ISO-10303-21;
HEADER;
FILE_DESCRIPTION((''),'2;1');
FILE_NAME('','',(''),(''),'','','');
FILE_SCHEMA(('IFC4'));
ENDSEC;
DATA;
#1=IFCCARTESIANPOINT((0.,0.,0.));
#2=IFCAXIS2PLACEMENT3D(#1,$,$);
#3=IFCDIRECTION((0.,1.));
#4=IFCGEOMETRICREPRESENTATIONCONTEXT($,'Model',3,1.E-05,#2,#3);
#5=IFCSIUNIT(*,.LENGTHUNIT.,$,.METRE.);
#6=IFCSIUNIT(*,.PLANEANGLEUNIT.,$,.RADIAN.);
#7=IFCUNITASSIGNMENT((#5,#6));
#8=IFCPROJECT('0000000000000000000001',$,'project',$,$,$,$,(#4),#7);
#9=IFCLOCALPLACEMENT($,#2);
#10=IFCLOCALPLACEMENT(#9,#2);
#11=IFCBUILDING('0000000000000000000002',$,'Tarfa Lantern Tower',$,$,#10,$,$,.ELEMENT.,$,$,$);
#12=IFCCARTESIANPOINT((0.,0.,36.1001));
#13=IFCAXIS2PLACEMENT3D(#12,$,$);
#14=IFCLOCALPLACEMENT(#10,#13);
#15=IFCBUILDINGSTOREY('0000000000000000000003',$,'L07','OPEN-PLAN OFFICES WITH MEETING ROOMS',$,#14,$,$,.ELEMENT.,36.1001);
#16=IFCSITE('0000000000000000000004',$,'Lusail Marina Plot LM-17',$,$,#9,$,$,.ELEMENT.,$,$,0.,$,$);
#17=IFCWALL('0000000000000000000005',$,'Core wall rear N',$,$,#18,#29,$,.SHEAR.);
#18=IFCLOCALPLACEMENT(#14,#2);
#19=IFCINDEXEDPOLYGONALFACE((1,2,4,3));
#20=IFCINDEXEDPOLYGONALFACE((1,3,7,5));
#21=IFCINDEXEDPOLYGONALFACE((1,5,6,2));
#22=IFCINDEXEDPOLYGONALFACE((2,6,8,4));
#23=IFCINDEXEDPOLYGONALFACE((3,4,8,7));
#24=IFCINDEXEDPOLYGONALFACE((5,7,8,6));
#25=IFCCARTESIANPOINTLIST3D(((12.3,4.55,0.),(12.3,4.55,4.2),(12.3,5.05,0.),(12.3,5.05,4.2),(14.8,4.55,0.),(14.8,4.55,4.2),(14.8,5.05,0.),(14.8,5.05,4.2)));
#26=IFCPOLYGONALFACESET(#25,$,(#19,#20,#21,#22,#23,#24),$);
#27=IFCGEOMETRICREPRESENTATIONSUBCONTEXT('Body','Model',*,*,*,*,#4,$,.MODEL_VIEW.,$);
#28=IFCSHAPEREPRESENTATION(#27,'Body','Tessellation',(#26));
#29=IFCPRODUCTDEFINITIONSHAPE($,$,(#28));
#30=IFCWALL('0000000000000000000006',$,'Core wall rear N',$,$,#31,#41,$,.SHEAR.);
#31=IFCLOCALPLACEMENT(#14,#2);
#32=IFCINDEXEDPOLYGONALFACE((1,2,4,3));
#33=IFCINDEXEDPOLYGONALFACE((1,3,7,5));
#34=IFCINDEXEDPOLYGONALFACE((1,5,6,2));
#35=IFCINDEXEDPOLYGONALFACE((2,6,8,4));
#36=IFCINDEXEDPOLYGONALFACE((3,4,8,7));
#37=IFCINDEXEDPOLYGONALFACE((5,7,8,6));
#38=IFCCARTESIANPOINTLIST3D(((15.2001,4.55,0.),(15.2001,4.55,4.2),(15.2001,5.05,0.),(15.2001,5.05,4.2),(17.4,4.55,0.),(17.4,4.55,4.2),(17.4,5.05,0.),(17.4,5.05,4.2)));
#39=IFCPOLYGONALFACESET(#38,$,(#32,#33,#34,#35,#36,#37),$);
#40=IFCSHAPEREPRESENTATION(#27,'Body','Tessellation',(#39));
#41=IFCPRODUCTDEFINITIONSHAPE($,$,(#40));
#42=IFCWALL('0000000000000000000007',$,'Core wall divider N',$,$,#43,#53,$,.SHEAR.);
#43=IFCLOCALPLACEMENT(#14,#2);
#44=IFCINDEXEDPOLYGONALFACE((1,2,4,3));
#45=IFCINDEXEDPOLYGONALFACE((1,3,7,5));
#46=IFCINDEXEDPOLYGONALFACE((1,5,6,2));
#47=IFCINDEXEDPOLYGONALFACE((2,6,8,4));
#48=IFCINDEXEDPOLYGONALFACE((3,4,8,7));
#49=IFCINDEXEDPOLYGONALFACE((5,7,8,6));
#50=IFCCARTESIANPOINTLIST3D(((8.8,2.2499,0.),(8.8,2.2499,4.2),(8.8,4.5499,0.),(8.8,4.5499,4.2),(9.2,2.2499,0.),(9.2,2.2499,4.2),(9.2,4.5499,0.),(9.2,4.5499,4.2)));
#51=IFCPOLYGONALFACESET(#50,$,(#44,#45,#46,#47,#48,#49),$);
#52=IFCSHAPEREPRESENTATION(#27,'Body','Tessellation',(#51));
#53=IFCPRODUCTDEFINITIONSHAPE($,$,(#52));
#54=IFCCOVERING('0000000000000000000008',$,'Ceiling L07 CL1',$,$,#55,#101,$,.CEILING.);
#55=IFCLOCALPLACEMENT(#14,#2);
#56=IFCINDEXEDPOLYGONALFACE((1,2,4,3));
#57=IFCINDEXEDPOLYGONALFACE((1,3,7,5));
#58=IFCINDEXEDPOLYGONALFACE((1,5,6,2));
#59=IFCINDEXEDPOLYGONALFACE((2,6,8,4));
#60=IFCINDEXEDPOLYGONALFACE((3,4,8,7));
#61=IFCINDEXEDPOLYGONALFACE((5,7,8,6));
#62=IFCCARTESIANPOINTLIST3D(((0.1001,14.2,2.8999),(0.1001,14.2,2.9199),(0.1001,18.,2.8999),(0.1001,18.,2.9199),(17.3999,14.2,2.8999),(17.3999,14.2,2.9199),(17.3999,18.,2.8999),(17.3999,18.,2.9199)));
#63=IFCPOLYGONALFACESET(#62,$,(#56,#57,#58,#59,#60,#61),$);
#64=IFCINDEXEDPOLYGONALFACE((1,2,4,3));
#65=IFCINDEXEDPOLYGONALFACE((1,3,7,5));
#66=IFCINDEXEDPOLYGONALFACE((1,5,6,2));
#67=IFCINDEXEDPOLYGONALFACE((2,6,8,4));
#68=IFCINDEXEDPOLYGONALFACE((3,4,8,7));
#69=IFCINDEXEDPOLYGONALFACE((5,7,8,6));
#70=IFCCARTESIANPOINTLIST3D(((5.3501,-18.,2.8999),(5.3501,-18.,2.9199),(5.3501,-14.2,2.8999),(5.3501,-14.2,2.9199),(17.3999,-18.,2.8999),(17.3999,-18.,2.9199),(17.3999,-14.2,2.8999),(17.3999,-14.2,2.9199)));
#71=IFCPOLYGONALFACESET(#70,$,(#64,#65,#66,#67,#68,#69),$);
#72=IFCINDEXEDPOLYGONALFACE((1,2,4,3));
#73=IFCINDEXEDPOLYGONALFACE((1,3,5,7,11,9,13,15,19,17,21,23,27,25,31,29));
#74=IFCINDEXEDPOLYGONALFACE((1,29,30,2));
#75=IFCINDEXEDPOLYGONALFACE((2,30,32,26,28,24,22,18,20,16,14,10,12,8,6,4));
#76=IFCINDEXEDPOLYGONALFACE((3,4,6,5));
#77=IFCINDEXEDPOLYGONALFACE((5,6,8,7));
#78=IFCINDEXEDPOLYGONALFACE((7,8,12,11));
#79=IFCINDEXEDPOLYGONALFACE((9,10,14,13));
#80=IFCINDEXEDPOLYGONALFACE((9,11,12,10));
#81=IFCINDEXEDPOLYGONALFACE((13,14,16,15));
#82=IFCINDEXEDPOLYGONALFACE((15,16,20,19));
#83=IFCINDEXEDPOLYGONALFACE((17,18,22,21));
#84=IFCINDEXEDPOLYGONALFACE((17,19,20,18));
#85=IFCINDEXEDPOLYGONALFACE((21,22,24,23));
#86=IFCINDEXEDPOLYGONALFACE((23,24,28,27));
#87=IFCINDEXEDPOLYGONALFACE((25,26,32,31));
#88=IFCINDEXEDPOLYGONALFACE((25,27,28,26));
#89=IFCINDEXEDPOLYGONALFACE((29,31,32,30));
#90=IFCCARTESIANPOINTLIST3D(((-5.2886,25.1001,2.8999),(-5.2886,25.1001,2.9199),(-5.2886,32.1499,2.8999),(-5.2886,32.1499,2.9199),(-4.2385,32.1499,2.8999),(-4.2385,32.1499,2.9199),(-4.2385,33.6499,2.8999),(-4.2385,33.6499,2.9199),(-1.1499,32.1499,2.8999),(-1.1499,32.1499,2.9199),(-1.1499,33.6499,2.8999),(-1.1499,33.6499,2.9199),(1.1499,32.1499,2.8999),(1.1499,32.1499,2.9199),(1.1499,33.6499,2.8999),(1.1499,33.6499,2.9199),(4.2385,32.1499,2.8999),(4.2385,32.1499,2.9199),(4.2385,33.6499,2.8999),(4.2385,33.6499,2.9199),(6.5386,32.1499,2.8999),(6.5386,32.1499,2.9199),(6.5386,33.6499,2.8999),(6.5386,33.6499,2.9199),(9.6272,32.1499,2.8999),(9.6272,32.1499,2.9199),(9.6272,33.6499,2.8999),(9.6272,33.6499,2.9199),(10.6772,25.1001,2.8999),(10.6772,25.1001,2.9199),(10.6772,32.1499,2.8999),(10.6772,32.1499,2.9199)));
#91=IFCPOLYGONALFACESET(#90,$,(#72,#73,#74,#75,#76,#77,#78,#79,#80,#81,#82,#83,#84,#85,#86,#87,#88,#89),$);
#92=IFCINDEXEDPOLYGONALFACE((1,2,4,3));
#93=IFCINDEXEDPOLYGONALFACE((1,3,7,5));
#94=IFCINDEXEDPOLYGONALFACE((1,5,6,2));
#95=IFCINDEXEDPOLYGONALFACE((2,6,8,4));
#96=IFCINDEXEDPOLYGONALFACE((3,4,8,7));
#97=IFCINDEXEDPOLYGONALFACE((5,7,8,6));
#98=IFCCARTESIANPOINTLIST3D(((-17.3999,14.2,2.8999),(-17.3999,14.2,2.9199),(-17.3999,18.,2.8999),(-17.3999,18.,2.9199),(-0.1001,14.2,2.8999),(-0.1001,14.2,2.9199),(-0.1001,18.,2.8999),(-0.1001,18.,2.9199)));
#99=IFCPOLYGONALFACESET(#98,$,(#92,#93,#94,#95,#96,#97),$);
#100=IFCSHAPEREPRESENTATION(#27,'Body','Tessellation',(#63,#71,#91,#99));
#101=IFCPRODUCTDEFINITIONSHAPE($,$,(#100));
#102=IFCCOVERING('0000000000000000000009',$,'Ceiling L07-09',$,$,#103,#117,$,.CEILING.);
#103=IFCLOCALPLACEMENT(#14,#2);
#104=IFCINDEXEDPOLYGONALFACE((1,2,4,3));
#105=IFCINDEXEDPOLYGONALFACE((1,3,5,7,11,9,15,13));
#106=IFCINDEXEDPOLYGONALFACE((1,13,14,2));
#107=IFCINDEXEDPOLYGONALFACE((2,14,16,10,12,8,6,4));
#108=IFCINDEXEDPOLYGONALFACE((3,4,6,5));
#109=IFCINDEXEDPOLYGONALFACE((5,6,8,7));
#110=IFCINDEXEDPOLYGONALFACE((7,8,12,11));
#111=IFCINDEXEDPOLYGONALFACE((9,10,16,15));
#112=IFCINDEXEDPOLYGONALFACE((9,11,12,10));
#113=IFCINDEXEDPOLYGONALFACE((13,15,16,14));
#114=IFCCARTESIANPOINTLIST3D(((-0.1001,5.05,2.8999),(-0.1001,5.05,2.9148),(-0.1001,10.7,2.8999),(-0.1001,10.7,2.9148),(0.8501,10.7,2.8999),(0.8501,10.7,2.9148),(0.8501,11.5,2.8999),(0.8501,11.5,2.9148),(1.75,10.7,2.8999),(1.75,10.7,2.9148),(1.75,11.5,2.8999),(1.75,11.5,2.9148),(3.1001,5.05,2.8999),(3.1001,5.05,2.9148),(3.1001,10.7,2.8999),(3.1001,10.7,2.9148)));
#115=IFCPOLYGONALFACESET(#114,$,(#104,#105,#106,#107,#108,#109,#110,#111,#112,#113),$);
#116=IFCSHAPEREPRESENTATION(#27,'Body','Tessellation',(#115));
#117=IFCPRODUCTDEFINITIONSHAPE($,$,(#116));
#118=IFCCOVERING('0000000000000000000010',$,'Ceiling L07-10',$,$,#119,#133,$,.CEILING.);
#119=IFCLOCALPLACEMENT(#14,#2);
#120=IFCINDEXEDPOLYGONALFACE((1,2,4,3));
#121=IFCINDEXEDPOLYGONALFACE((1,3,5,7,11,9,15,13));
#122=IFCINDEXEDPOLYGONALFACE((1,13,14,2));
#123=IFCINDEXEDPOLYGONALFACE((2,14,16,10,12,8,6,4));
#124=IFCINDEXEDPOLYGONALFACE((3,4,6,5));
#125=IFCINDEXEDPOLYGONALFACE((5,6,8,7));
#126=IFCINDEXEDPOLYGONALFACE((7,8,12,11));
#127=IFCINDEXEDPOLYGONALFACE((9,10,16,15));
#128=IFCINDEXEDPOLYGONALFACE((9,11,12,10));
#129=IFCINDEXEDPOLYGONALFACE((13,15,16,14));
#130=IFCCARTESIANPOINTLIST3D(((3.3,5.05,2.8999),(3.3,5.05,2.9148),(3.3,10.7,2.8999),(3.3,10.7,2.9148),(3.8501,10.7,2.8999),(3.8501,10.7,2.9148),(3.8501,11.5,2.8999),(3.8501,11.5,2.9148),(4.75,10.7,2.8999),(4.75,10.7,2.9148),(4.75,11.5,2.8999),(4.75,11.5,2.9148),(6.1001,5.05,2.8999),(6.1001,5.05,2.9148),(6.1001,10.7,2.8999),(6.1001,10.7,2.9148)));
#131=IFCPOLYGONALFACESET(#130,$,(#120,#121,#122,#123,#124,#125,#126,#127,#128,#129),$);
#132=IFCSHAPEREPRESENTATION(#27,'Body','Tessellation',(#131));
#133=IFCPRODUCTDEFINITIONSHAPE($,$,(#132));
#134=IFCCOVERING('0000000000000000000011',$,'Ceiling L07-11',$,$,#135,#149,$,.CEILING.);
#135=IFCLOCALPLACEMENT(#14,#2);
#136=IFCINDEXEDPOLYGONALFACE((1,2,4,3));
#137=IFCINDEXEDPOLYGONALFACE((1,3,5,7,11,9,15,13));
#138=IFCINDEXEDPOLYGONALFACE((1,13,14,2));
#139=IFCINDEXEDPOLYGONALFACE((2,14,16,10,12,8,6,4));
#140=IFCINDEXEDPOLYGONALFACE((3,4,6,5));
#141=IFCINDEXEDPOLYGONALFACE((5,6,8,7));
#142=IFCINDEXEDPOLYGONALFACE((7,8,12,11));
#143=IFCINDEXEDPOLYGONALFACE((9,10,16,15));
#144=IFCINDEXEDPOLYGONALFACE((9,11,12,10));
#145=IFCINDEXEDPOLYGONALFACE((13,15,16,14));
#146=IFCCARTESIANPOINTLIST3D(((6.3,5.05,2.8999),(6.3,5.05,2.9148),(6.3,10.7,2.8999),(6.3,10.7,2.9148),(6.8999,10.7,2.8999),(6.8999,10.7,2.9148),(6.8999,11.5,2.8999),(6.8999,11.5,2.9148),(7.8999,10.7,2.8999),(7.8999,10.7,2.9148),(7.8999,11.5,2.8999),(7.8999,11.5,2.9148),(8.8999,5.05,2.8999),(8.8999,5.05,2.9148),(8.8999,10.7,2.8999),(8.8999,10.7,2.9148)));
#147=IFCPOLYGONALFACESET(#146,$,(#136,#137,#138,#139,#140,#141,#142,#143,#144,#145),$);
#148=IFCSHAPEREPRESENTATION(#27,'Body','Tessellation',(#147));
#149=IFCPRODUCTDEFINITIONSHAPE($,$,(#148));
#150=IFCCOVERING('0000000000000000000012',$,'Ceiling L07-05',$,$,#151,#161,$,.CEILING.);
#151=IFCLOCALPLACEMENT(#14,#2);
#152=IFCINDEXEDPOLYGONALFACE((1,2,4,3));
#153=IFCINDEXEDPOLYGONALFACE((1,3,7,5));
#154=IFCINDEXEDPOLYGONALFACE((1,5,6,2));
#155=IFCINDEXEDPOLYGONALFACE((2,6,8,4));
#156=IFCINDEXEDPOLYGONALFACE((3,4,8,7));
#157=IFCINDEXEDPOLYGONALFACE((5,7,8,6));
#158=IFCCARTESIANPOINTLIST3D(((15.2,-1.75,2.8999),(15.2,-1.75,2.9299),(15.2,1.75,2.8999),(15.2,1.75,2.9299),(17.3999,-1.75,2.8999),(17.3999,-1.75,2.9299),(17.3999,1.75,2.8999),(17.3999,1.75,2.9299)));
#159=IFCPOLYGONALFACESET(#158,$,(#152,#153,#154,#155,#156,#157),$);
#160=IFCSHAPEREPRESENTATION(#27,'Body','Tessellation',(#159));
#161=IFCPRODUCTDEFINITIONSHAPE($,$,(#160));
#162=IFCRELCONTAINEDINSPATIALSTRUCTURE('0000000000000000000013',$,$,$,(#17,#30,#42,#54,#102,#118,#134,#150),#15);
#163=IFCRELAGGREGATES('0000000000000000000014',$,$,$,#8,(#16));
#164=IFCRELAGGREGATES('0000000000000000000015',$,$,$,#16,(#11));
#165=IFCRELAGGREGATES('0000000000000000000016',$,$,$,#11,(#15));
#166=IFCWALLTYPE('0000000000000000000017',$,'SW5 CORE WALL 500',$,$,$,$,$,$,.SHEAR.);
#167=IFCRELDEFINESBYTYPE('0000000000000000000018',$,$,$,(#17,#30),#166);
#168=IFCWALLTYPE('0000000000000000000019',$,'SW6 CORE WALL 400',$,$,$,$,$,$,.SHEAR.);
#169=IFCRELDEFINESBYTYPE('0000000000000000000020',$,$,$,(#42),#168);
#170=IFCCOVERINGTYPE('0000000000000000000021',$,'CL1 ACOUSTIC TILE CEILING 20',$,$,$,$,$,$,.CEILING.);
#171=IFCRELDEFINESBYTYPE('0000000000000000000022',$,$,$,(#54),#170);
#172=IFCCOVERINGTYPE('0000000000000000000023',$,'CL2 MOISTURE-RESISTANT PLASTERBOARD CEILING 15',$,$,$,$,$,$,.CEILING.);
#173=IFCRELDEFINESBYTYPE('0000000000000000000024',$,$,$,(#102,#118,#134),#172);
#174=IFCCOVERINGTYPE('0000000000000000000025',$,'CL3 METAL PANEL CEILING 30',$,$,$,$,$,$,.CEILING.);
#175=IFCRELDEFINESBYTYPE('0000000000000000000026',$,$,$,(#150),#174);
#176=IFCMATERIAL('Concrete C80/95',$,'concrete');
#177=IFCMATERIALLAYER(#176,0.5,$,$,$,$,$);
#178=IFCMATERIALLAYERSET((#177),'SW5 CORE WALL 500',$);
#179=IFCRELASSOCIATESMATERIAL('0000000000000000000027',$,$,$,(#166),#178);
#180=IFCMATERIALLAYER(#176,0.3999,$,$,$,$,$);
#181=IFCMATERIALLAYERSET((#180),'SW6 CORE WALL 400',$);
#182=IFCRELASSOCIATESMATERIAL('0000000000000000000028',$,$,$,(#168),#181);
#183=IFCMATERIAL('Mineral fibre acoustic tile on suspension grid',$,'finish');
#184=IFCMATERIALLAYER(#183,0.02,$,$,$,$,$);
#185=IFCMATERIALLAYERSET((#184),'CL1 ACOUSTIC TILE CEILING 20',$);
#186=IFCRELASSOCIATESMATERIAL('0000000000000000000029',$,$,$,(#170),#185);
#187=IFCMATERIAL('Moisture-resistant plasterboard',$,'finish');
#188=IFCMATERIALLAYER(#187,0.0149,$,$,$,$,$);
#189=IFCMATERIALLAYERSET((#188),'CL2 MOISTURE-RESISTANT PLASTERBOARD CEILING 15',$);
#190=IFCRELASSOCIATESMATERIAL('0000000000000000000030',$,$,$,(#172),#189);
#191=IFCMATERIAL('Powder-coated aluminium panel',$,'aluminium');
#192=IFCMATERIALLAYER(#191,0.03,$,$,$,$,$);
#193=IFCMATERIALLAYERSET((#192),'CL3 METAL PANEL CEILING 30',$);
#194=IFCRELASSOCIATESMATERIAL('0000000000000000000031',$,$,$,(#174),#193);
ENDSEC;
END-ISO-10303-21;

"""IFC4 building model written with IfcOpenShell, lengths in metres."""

from ifc_helpers import new_model, si_unit, direction, frame, frame_2d, origin, place, context, subcontext, project, spatial, polyline, rectangle, outline, extrude, material, layer, layer_set, type_object, element, save


model = new_model("IFC4")

# Units and contexts
model_context = context("Model", 3, precision=1e-05, world=origin(), true_north=direction((0.0, 1.0)))
body_context = subcontext(model_context, "Body", "Model", "MODEL_VIEW")
ifc_project = project(units=[si_unit("LENGTHUNIT", "METRE"), si_unit("PLANEANGLEUNIT", "RADIAN")], contexts=[model_context])

# Site, building, storey
site_placement = place(None, origin())
site = spatial("IfcSite", under=ifc_project, at=site_placement, Name="Lusail Marina Plot LM-17", CompositionType="ELEMENT", RefElevation=0.0)
building_placement = place(site_placement, origin())
building = spatial("IfcBuilding", under=site, at=building_placement, Name="Tarfa Lantern Tower", CompositionType="ELEMENT")
storey_placement = place(building_placement, frame((0.0, 0.0, 36.1001)))
storey = spatial("IfcBuildingStorey", under=building, at=storey_placement, Name="L07", Description="OPEN-PLAN OFFICES WITH MEETING ROOMS", CompositionType="ELEMENT", Elevation=36.1001)

# Walls
ifc_material_1 = material(Name="Concrete C80/95", Category="concrete")
ifc_layer_1 = layer(ifc_material_1, 0.5)
ifc_layer_set_1 = layer_set([ifc_layer_1], Name="SW5 CORE WALL 500")
wall_type_1 = type_object("IfcWallType", Name="SW5 CORE WALL 500", PredefinedType="SHEAR", material=ifc_layer_set_1)
wall_1_placement = place(storey_placement, frame((12.3, 4.8, 0.0), z_axis=(0.0, 0.0, 1.0), x_axis=(1.0, 0.0, 0.0)))
element("IfcWall", 1, at=wall_1_placement, inside=storey, type_object=wall_type_1, Name="Core wall rear N", PredefinedType="SHEAR", context=body_context, shape_type="SweptSolid", body=[
    extrude(rectangle(XDim=2.5, YDim=0.5, at=frame_2d((1.25, 0.0))), origin(), (0.0, 0.0, 1.0), 4.2),
])
wall_2_placement = place(storey_placement, frame((15.2, 4.8, 0.0), z_axis=(0.0, 0.0, 1.0), x_axis=(1.0, 0.0, 0.0)))
element("IfcWall", 2, at=wall_2_placement, inside=storey, type_object=wall_type_1, Name="Core wall rear N", PredefinedType="SHEAR", context=body_context, shape_type="SweptSolid", body=[
    extrude(rectangle(XDim=2.2, YDim=0.5, at=frame_2d((1.1001, 0.0))), origin(), (0.0, 0.0, 1.0), 4.2),
])
ifc_layer_2 = layer(ifc_material_1, 0.3999)
ifc_layer_set_2 = layer_set([ifc_layer_2], Name="SW6 CORE WALL 400")
wall_type_2 = type_object("IfcWallType", Name="SW6 CORE WALL 400", PredefinedType="SHEAR", material=ifc_layer_set_2)
wall_3_placement = place(storey_placement, frame((9.0, 2.25, 0.0), z_axis=(0.0, 0.0, 1.0), x_axis=(0.0, 1.0, 0.0)))
element("IfcWall", 3, at=wall_3_placement, inside=storey, type_object=wall_type_2, Name="Core wall divider N", PredefinedType="SHEAR", context=body_context, shape_type="SweptSolid", body=[
    extrude(rectangle(XDim=2.3, YDim=0.3999, at=frame_2d((1.1499, 0.0))), origin(), (0.0, 0.0, 1.0), 4.2),
])

# Coverings
ifc_material_2 = material(Name="Mineral fibre acoustic tile on suspension grid", Category="finish")
ifc_layer_3 = layer(ifc_material_2, 0.02)
ifc_layer_set_3 = layer_set([ifc_layer_3], Name="CL1 ACOUSTIC TILE CEILING 20")
covering_type_1 = type_object("IfcCoveringType", Name="CL1 ACOUSTIC TILE CEILING 20", PredefinedType="CEILING", material=ifc_layer_set_3)
covering_1_placement = place(storey_placement, frame((0.0, 0.0, 2.8999)))
element("IfcCovering", 4, at=covering_1_placement, inside=storey, type_object=covering_type_1, Name="Ceiling L07 CL1", PredefinedType="CEILING", context=body_context, shape_type="SweptSolid", body=[
    extrude(outline(polyline([(0.1001, 18.0), (17.3999, 18.0), (17.3999, 14.2), (0.1001, 14.2), (0.1001, 18.0)])), origin(), (0.0, 0.0, 1.0), 0.02),
    extrude(outline(polyline([(5.3501, -14.2), (17.3999, -14.2), (17.3999, -18.0), (5.3501, -18.0), (5.3501, -14.2)])), origin(), (0.0, 0.0, 1.0), 0.02),
    extrude(outline(polyline([(10.6772, 25.1001), (-5.2886, 25.1001), (-5.2886, 32.1499), (-4.2385, 32.1499), (-4.2385, 33.6499), (-1.1499, 33.6499), (-1.1499, 32.1499), (1.1499, 32.1499), (1.1499, 33.6499), (4.2385, 33.6499), (4.2385, 32.1499), (6.5386, 32.1499), (6.5386, 33.6499), (9.6272, 33.6499), (9.6272, 32.1499), (10.6772, 32.1499), (10.6772, 25.1001)])), origin(), (0.0, 0.0, 1.0), 0.02),
    extrude(outline(polyline([(-17.3999, 18.0), (-0.1001, 18.0), (-0.1001, 14.2), (-17.3999, 14.2), (-17.3999, 18.0)])), origin(), (0.0, 0.0, 1.0), 0.02),
])
ifc_material_3 = material(Name="Moisture-resistant plasterboard", Category="finish")
ifc_layer_4 = layer(ifc_material_3, 0.0149)
ifc_layer_set_4 = layer_set([ifc_layer_4], Name="CL2 MOISTURE-RESISTANT PLASTERBOARD CEILING 15")
covering_type_2 = type_object("IfcCoveringType", Name="CL2 MOISTURE-RESISTANT PLASTERBOARD CEILING 15", PredefinedType="CEILING", material=ifc_layer_set_4)
covering_2_placement = place(storey_placement, frame((0.0, 0.0, 2.8999)))
element("IfcCovering", 5, at=covering_2_placement, inside=storey, type_object=covering_type_2, Name="Ceiling L07-09", PredefinedType="CEILING", context=body_context, shape_type="SweptSolid", body=[
    extrude(outline(polyline([(0.8501, 10.7), (-0.1001, 10.7), (-0.1001, 5.05), (3.1001, 5.05), (3.1001, 10.7), (1.75, 10.7), (1.75, 11.5), (0.8501, 11.5), (0.8501, 10.7)])), origin(), (0.0, 0.0, 1.0), 0.0149),
])
covering_3_placement = place(storey_placement, frame((0.0, 0.0, 2.8999)))
element("IfcCovering", 6, at=covering_3_placement, inside=storey, type_object=covering_type_2, Name="Ceiling L07-10", PredefinedType="CEILING", context=body_context, shape_type="SweptSolid", body=[
    extrude(outline(polyline([(3.3, 5.05), (6.1001, 5.05), (6.1001, 10.7), (4.75, 10.7), (4.75, 11.5), (3.8501, 11.5), (3.8501, 10.7), (3.3, 10.7), (3.3, 5.05)])), origin(), (0.0, 0.0, 1.0), 0.0149),
])
covering_4_placement = place(storey_placement, frame((0.0, 0.0, 2.8999)))
element("IfcCovering", 7, at=covering_4_placement, inside=storey, type_object=covering_type_2, Name="Ceiling L07-11", PredefinedType="CEILING", context=body_context, shape_type="SweptSolid", body=[
    extrude(outline(polyline([(6.3, 5.05), (8.8999, 5.05), (8.8999, 10.7), (7.8999, 10.7), (7.8999, 11.5), (6.8999, 11.5), (6.8999, 10.7), (6.3, 10.7), (6.3, 5.05)])), origin(), (0.0, 0.0, 1.0), 0.0149),
])
ifc_material_4 = material(Name="Powder-coated aluminium panel", Category="aluminium")
ifc_layer_5 = layer(ifc_material_4, 0.03)
ifc_layer_set_5 = layer_set([ifc_layer_5], Name="CL3 METAL PANEL CEILING 30")
covering_type_3 = type_object("IfcCoveringType", Name="CL3 METAL PANEL CEILING 30", PredefinedType="CEILING", material=ifc_layer_set_5)
covering_5_placement = place(storey_placement, frame((0.0, 0.0, 2.8999)))
element("IfcCovering", 8, at=covering_5_placement, inside=storey, type_object=covering_type_3, Name="Ceiling L07-05", PredefinedType="CEILING", context=body_context, shape_type="SweptSolid", body=[
    extrude(outline(polyline([(15.2, -1.75), (17.3999, -1.75), (17.3999, 1.75), (15.2, 1.75), (15.2, -1.75)])), origin(), (0.0, 0.0, 1.0), 0.03),
])

save(model, "model.ifc")
